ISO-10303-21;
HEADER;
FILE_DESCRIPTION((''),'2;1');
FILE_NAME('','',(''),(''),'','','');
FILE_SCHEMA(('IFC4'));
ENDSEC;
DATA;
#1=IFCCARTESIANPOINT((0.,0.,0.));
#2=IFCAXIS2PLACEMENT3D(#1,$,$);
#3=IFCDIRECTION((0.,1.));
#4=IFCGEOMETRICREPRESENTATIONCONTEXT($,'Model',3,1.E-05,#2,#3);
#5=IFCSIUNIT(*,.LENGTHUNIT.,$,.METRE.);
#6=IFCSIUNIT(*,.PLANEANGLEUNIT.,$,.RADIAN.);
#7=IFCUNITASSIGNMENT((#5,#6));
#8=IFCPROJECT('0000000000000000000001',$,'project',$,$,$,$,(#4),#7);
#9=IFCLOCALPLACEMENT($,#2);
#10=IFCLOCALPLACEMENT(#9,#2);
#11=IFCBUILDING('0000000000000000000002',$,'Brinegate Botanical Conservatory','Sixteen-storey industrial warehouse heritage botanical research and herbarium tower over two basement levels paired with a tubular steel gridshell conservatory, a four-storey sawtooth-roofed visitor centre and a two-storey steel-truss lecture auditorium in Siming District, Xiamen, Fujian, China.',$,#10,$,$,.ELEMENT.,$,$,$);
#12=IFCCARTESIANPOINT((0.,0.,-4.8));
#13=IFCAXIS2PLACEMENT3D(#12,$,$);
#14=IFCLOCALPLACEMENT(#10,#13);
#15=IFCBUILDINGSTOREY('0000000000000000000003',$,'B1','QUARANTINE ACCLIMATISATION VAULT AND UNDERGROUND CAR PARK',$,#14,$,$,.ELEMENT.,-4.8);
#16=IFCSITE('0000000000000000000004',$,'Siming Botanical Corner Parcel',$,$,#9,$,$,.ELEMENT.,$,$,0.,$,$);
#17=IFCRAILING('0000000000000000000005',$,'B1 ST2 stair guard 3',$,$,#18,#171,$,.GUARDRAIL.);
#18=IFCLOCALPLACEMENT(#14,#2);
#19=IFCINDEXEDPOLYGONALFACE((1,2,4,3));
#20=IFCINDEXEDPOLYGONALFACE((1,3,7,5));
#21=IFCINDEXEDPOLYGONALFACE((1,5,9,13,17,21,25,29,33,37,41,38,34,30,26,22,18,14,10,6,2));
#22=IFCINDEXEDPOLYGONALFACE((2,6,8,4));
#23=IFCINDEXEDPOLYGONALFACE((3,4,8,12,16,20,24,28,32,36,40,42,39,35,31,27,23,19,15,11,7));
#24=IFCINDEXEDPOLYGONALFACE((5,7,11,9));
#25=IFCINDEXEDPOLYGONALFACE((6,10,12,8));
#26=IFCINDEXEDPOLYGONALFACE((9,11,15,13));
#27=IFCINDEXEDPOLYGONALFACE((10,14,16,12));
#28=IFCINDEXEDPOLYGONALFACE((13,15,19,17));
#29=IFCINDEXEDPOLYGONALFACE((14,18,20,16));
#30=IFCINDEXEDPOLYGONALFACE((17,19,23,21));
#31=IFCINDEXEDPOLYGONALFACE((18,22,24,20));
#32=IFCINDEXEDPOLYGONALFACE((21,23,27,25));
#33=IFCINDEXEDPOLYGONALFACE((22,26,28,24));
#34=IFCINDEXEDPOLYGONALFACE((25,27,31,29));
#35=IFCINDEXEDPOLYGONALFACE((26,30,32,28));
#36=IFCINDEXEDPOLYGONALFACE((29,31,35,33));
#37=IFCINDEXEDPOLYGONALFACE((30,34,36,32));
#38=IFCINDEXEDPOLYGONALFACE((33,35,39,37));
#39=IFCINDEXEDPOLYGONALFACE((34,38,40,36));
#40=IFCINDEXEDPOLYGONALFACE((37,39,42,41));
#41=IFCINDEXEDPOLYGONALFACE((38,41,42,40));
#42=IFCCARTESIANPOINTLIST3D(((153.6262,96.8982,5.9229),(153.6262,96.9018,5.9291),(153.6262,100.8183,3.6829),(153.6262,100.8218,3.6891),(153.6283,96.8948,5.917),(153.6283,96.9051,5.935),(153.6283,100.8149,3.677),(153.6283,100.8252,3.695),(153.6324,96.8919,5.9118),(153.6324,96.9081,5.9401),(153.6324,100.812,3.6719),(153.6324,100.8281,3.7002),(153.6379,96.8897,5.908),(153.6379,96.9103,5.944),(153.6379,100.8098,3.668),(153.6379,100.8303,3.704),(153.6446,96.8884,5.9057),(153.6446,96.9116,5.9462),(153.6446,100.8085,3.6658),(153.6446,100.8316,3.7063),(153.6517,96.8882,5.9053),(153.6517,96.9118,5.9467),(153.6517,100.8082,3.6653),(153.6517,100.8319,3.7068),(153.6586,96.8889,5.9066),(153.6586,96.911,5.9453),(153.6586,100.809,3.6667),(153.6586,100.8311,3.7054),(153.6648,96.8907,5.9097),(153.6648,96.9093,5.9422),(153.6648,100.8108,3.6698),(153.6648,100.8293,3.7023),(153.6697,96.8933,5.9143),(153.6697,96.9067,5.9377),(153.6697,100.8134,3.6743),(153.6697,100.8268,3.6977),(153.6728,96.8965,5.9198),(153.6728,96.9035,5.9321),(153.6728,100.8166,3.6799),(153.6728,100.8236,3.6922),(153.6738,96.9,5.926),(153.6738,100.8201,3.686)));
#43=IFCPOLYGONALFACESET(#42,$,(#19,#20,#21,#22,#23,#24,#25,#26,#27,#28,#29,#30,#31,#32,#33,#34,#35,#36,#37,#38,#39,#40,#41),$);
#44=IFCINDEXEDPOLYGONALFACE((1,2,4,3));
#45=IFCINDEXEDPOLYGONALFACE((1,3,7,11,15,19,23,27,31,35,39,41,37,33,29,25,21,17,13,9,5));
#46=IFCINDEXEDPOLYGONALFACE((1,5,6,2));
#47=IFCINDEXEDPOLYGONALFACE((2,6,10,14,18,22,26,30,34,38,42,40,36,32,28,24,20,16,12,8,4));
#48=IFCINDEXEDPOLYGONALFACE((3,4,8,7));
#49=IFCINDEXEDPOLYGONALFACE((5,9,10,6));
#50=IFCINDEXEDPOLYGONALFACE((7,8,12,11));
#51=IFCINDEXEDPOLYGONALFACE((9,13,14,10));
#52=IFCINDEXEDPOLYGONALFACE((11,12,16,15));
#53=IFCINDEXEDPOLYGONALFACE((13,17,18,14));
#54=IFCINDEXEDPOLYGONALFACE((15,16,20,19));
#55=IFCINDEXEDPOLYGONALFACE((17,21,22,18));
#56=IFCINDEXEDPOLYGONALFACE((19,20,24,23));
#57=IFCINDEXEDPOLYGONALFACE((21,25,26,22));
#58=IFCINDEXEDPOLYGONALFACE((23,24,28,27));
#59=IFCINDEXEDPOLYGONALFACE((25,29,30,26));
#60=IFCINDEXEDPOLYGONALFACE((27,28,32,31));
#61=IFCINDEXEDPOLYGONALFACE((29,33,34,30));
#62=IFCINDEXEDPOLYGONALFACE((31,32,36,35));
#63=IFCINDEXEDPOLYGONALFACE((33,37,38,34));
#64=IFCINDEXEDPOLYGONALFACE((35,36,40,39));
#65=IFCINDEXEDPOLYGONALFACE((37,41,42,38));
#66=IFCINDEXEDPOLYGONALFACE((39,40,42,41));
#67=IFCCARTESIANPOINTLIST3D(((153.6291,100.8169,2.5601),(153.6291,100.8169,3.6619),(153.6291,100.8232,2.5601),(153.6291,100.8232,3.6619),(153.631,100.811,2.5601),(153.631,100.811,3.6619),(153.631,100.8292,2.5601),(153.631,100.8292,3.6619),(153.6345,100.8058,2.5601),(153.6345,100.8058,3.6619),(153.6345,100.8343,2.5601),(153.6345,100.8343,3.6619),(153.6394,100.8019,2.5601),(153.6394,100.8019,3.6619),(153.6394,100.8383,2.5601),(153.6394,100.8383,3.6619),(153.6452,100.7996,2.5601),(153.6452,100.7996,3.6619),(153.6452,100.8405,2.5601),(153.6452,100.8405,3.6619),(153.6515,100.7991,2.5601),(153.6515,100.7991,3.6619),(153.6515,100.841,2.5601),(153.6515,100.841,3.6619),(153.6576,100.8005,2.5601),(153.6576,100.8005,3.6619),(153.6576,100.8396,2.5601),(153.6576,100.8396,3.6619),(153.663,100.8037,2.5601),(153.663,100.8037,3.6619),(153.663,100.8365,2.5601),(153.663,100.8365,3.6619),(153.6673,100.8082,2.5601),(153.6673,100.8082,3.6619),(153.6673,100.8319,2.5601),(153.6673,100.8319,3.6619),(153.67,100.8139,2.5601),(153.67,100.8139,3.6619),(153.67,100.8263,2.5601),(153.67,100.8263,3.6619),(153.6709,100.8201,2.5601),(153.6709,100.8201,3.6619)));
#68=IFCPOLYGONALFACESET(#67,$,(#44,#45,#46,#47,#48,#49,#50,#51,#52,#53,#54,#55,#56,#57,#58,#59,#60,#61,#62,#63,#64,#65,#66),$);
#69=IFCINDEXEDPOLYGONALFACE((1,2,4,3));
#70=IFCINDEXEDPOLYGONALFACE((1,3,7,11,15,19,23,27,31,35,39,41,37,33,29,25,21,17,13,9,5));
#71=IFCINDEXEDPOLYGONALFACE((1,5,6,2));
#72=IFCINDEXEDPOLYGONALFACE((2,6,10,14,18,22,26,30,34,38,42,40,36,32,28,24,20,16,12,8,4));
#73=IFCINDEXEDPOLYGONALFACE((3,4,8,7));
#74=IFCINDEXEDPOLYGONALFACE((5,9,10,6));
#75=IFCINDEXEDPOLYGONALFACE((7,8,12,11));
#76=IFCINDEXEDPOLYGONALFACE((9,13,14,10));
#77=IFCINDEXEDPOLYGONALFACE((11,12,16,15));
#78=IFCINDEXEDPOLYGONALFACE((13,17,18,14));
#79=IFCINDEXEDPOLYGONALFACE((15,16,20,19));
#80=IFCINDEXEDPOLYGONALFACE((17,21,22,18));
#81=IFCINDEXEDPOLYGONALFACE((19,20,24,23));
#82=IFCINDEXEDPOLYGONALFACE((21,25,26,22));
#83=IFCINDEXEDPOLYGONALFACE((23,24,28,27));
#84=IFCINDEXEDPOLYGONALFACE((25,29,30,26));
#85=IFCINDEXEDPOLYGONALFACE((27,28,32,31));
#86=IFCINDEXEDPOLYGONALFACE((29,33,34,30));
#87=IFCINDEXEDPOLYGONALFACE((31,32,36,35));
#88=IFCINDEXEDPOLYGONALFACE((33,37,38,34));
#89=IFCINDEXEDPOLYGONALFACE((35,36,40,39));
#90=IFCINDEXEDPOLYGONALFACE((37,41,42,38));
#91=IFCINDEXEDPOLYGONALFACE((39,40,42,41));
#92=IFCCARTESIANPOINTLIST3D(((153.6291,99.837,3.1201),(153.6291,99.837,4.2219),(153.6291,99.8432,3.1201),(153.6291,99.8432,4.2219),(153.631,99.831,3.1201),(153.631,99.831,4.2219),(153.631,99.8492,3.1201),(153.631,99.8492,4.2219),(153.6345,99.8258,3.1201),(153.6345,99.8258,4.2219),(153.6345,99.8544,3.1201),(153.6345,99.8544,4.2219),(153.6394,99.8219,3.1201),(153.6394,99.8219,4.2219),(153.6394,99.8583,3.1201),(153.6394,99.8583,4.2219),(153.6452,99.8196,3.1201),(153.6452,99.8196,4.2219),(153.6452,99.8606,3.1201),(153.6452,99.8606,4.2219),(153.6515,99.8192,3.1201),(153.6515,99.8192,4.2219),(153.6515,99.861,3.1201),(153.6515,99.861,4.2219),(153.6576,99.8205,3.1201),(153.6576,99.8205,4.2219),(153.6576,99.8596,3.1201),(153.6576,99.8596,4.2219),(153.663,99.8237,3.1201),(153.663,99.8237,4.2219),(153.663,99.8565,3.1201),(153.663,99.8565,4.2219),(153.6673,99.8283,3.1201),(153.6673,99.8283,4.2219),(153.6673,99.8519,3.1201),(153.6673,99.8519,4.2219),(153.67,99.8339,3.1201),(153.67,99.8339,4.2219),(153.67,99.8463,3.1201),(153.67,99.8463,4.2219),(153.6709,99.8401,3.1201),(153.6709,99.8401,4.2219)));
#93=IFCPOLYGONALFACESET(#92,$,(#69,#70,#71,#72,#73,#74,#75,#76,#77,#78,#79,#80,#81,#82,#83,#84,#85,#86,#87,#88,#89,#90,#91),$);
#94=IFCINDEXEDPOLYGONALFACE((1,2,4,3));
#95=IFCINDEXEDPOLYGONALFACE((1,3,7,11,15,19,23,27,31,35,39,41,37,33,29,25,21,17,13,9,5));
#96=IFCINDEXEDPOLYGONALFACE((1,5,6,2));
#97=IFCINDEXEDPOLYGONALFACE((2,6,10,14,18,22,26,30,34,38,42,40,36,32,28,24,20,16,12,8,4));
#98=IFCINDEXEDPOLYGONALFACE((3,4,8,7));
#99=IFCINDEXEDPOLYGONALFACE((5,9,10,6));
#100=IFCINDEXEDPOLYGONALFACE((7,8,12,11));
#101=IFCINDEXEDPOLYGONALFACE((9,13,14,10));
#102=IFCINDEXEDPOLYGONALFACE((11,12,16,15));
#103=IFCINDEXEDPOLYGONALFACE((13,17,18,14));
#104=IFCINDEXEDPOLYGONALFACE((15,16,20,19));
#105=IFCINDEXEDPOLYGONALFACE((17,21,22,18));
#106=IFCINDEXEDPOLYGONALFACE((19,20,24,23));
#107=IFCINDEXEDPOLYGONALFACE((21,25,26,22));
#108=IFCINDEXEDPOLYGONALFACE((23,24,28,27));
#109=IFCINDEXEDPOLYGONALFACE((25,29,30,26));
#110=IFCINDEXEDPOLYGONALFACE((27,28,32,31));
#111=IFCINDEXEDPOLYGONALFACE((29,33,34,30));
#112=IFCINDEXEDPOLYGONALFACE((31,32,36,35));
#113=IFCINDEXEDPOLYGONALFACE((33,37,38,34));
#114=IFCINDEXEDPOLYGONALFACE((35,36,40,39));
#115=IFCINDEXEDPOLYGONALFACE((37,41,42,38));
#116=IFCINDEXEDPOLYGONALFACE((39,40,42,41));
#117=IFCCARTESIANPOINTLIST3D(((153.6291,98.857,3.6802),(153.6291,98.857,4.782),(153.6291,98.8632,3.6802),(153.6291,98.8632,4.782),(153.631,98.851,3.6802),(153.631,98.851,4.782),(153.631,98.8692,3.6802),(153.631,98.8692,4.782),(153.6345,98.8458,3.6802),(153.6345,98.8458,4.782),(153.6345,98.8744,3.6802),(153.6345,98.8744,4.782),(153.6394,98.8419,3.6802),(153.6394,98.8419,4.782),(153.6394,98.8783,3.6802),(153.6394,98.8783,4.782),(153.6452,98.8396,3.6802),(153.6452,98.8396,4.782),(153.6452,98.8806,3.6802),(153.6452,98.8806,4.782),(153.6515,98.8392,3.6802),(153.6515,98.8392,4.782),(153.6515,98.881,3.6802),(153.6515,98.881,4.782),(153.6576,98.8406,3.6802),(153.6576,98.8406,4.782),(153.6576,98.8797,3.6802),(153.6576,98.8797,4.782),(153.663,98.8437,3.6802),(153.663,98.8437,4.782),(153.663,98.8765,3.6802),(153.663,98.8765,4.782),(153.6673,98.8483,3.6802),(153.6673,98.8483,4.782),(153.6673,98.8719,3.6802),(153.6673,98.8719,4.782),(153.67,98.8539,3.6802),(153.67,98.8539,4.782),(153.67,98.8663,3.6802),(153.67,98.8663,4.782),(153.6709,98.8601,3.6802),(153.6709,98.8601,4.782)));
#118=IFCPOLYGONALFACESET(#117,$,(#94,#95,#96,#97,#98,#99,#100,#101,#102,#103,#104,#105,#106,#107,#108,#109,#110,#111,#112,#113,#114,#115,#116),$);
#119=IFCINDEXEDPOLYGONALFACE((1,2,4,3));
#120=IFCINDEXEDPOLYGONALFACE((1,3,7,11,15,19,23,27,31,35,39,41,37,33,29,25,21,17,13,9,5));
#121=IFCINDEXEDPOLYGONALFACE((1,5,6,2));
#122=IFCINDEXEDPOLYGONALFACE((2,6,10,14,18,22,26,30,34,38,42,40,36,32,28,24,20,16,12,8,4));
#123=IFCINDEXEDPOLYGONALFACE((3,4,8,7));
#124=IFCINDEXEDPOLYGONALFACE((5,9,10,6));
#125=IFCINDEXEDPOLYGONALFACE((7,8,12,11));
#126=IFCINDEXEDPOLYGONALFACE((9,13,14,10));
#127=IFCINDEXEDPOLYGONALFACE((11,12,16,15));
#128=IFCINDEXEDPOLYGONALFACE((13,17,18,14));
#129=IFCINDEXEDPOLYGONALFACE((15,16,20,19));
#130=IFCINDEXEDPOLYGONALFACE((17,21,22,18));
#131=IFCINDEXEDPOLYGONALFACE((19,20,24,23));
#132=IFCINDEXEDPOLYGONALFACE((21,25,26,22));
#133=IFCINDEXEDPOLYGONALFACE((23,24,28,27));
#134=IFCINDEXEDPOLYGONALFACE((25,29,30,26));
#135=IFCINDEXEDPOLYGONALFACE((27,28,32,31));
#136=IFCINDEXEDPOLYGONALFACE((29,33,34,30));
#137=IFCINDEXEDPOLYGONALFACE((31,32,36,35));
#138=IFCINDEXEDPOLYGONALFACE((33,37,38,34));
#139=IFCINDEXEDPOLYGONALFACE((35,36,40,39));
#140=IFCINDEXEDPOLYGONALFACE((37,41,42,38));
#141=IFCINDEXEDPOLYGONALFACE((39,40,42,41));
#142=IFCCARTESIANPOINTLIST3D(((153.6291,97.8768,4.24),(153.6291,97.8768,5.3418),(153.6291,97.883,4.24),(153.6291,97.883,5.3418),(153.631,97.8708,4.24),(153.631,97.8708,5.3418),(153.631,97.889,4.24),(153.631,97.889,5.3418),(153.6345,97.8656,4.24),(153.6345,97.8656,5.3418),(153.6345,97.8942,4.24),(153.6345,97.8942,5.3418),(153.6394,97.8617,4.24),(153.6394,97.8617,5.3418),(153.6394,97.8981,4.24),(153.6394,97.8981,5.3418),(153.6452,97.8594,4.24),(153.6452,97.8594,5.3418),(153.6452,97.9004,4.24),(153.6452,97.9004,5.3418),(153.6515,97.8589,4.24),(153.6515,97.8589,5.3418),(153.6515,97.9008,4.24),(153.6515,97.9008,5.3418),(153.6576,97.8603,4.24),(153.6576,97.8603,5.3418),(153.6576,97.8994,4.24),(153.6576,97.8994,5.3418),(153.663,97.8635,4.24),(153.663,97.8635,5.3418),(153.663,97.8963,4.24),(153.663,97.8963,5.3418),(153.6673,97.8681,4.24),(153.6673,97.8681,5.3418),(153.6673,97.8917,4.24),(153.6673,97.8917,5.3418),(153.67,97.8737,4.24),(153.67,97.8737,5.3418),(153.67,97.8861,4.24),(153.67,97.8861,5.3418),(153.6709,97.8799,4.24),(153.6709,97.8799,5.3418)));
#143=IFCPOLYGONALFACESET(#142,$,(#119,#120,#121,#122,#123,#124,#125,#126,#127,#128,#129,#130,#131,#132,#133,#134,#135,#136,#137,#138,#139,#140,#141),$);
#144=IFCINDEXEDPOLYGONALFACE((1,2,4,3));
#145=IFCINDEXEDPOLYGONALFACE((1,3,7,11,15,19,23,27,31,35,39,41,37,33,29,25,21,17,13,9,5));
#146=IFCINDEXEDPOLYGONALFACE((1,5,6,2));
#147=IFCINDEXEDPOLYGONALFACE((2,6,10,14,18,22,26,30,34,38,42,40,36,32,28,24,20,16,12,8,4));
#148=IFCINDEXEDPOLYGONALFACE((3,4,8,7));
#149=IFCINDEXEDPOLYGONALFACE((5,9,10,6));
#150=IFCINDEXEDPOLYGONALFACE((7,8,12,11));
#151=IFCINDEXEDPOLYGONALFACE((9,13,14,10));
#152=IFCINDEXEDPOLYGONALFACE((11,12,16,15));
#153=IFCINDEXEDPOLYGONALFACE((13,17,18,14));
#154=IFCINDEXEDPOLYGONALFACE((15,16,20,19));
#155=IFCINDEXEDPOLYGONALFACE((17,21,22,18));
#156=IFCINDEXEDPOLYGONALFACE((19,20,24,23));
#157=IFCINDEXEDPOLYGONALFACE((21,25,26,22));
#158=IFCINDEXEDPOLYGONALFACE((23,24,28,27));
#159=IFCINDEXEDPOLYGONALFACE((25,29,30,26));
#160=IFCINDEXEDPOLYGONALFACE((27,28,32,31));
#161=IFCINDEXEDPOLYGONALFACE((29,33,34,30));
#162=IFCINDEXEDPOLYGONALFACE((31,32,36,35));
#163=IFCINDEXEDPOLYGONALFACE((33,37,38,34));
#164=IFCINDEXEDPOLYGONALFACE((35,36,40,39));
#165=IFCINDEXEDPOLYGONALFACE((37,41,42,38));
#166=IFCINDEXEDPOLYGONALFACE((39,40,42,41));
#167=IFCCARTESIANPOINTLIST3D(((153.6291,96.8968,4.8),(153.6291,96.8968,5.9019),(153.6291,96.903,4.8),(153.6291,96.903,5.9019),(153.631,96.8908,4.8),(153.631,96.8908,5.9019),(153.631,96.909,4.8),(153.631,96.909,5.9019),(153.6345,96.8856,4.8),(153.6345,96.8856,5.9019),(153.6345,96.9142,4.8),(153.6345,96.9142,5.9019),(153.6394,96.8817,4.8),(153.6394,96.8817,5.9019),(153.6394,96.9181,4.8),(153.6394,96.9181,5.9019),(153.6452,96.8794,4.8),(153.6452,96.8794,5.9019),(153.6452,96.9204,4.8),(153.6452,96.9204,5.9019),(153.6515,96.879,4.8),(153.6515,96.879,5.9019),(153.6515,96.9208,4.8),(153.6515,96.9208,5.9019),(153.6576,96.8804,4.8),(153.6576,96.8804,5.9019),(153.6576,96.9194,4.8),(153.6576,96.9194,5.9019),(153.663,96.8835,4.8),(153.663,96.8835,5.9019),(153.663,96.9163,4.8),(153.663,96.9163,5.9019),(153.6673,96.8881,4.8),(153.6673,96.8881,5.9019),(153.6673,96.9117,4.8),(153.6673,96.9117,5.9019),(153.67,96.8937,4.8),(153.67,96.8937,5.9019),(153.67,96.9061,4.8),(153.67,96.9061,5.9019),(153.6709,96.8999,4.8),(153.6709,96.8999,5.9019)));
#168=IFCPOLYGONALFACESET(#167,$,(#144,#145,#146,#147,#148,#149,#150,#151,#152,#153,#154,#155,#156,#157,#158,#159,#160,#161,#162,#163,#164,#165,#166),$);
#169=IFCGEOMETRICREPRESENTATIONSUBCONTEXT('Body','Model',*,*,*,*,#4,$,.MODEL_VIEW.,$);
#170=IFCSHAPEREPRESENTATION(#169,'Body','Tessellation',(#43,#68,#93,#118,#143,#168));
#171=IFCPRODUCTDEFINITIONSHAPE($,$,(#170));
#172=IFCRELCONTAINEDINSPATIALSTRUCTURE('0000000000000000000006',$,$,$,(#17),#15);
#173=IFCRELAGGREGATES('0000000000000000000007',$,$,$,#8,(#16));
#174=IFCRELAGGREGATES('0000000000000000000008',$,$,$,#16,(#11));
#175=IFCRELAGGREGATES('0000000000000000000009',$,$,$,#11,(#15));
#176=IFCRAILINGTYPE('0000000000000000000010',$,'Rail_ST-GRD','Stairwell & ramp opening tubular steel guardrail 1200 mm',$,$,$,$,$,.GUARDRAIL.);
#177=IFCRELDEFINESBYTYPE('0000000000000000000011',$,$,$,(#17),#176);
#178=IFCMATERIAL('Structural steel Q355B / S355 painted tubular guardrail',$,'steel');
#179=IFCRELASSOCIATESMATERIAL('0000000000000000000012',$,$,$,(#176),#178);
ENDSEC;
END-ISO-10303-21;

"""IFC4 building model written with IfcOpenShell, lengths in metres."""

from ifc_helpers import new_model, si_unit, direction, frame, origin, origin_2d, place, context, subcontext, project, spatial, circle, extrude, material, type_object, element, save


model = new_model("IFC4")

# Units and contexts
model_context = context("Model", 3, precision=1e-05, world=origin(), true_north=direction((0.0, 1.0)))
body_context = subcontext(model_context, "Body", "Model", "MODEL_VIEW")
ifc_project = project(units=[si_unit("LENGTHUNIT", "METRE"), si_unit("PLANEANGLEUNIT", "RADIAN")], contexts=[model_context])

# Site, building, storey
site_placement = place(None, origin())
site = spatial("IfcSite", under=ifc_project, at=site_placement, Name="Siming Botanical Corner Parcel", CompositionType="ELEMENT", RefElevation=0.0)
building_placement = place(site_placement, origin())
building = spatial("IfcBuilding", under=site, at=building_placement, Name="Brinegate Botanical Conservatory", Description="Sixteen-storey industrial warehouse heritage botanical research and herbarium tower over two basement levels paired with a tubular steel gridshell conservatory, a four-storey sawtooth-roofed visitor centre and a two-storey steel-truss lecture auditorium in Siming District, Xiamen, Fujian, China.", CompositionType="ELEMENT")
storey_placement = place(building_placement, frame((0.0, 0.0, -4.8)))
storey = spatial("IfcBuildingStorey", under=building, at=storey_placement, Name="B1", Description="QUARANTINE ACCLIMATISATION VAULT AND UNDERGROUND CAR PARK", CompositionType="ELEMENT", Elevation=-4.8)

# Railing
ifc_material_1 = material(Name="Structural steel Q355B / S355 painted tubular guardrail", Category="steel")
railing_type_1 = type_object("IfcRailingType", Name="Rail_ST-GRD", Description="Stairwell & ramp opening tubular steel guardrail 1200 mm", PredefinedType="GUARDRAIL", material=ifc_material_1)
railing_1_placement = place(storey_placement, frame((153.6499, 100.8201, 2.5601)))
element("IfcRailing", 1, at=railing_1_placement, inside=storey, type_object=railing_type_1, Name="B1 ST2 stair guard 3", PredefinedType="GUARDRAIL", context=body_context, shape_type="SweptSolid", body=[
    extrude(circle(Radius=0.0239, at=origin_2d()), frame((0.0, 0.0, 1.126), z_axis=(0.0, -0.868253, 0.496121), x_axis=(1.0, 0.0, 0.0)), (0.0, 0.0, 1.0), 4.5149),
    extrude(circle(Radius=0.021, at=origin_2d()), origin(), (0.0, 0.0, 1.0), 1.1018),
    extrude(circle(Radius=0.021, at=origin_2d()), frame((0.0, -0.98, 0.5601)), (0.0, 0.0, 1.0), 1.1018),
    extrude(circle(Radius=0.021, at=origin_2d()), frame((0.0, -1.96, 1.1201)), (0.0, 0.0, 1.0), 1.1018),
    extrude(circle(Radius=0.021, at=origin_2d()), frame((0.0, -2.9402, 1.6799)), (0.0, 0.0, 1.0), 1.1018),
    extrude(circle(Radius=0.021, at=origin_2d()), frame((0.0, -3.9202, 2.24)), (0.0, 0.0, 1.0), 1.1018),
])

save(model, "model.ifc")
